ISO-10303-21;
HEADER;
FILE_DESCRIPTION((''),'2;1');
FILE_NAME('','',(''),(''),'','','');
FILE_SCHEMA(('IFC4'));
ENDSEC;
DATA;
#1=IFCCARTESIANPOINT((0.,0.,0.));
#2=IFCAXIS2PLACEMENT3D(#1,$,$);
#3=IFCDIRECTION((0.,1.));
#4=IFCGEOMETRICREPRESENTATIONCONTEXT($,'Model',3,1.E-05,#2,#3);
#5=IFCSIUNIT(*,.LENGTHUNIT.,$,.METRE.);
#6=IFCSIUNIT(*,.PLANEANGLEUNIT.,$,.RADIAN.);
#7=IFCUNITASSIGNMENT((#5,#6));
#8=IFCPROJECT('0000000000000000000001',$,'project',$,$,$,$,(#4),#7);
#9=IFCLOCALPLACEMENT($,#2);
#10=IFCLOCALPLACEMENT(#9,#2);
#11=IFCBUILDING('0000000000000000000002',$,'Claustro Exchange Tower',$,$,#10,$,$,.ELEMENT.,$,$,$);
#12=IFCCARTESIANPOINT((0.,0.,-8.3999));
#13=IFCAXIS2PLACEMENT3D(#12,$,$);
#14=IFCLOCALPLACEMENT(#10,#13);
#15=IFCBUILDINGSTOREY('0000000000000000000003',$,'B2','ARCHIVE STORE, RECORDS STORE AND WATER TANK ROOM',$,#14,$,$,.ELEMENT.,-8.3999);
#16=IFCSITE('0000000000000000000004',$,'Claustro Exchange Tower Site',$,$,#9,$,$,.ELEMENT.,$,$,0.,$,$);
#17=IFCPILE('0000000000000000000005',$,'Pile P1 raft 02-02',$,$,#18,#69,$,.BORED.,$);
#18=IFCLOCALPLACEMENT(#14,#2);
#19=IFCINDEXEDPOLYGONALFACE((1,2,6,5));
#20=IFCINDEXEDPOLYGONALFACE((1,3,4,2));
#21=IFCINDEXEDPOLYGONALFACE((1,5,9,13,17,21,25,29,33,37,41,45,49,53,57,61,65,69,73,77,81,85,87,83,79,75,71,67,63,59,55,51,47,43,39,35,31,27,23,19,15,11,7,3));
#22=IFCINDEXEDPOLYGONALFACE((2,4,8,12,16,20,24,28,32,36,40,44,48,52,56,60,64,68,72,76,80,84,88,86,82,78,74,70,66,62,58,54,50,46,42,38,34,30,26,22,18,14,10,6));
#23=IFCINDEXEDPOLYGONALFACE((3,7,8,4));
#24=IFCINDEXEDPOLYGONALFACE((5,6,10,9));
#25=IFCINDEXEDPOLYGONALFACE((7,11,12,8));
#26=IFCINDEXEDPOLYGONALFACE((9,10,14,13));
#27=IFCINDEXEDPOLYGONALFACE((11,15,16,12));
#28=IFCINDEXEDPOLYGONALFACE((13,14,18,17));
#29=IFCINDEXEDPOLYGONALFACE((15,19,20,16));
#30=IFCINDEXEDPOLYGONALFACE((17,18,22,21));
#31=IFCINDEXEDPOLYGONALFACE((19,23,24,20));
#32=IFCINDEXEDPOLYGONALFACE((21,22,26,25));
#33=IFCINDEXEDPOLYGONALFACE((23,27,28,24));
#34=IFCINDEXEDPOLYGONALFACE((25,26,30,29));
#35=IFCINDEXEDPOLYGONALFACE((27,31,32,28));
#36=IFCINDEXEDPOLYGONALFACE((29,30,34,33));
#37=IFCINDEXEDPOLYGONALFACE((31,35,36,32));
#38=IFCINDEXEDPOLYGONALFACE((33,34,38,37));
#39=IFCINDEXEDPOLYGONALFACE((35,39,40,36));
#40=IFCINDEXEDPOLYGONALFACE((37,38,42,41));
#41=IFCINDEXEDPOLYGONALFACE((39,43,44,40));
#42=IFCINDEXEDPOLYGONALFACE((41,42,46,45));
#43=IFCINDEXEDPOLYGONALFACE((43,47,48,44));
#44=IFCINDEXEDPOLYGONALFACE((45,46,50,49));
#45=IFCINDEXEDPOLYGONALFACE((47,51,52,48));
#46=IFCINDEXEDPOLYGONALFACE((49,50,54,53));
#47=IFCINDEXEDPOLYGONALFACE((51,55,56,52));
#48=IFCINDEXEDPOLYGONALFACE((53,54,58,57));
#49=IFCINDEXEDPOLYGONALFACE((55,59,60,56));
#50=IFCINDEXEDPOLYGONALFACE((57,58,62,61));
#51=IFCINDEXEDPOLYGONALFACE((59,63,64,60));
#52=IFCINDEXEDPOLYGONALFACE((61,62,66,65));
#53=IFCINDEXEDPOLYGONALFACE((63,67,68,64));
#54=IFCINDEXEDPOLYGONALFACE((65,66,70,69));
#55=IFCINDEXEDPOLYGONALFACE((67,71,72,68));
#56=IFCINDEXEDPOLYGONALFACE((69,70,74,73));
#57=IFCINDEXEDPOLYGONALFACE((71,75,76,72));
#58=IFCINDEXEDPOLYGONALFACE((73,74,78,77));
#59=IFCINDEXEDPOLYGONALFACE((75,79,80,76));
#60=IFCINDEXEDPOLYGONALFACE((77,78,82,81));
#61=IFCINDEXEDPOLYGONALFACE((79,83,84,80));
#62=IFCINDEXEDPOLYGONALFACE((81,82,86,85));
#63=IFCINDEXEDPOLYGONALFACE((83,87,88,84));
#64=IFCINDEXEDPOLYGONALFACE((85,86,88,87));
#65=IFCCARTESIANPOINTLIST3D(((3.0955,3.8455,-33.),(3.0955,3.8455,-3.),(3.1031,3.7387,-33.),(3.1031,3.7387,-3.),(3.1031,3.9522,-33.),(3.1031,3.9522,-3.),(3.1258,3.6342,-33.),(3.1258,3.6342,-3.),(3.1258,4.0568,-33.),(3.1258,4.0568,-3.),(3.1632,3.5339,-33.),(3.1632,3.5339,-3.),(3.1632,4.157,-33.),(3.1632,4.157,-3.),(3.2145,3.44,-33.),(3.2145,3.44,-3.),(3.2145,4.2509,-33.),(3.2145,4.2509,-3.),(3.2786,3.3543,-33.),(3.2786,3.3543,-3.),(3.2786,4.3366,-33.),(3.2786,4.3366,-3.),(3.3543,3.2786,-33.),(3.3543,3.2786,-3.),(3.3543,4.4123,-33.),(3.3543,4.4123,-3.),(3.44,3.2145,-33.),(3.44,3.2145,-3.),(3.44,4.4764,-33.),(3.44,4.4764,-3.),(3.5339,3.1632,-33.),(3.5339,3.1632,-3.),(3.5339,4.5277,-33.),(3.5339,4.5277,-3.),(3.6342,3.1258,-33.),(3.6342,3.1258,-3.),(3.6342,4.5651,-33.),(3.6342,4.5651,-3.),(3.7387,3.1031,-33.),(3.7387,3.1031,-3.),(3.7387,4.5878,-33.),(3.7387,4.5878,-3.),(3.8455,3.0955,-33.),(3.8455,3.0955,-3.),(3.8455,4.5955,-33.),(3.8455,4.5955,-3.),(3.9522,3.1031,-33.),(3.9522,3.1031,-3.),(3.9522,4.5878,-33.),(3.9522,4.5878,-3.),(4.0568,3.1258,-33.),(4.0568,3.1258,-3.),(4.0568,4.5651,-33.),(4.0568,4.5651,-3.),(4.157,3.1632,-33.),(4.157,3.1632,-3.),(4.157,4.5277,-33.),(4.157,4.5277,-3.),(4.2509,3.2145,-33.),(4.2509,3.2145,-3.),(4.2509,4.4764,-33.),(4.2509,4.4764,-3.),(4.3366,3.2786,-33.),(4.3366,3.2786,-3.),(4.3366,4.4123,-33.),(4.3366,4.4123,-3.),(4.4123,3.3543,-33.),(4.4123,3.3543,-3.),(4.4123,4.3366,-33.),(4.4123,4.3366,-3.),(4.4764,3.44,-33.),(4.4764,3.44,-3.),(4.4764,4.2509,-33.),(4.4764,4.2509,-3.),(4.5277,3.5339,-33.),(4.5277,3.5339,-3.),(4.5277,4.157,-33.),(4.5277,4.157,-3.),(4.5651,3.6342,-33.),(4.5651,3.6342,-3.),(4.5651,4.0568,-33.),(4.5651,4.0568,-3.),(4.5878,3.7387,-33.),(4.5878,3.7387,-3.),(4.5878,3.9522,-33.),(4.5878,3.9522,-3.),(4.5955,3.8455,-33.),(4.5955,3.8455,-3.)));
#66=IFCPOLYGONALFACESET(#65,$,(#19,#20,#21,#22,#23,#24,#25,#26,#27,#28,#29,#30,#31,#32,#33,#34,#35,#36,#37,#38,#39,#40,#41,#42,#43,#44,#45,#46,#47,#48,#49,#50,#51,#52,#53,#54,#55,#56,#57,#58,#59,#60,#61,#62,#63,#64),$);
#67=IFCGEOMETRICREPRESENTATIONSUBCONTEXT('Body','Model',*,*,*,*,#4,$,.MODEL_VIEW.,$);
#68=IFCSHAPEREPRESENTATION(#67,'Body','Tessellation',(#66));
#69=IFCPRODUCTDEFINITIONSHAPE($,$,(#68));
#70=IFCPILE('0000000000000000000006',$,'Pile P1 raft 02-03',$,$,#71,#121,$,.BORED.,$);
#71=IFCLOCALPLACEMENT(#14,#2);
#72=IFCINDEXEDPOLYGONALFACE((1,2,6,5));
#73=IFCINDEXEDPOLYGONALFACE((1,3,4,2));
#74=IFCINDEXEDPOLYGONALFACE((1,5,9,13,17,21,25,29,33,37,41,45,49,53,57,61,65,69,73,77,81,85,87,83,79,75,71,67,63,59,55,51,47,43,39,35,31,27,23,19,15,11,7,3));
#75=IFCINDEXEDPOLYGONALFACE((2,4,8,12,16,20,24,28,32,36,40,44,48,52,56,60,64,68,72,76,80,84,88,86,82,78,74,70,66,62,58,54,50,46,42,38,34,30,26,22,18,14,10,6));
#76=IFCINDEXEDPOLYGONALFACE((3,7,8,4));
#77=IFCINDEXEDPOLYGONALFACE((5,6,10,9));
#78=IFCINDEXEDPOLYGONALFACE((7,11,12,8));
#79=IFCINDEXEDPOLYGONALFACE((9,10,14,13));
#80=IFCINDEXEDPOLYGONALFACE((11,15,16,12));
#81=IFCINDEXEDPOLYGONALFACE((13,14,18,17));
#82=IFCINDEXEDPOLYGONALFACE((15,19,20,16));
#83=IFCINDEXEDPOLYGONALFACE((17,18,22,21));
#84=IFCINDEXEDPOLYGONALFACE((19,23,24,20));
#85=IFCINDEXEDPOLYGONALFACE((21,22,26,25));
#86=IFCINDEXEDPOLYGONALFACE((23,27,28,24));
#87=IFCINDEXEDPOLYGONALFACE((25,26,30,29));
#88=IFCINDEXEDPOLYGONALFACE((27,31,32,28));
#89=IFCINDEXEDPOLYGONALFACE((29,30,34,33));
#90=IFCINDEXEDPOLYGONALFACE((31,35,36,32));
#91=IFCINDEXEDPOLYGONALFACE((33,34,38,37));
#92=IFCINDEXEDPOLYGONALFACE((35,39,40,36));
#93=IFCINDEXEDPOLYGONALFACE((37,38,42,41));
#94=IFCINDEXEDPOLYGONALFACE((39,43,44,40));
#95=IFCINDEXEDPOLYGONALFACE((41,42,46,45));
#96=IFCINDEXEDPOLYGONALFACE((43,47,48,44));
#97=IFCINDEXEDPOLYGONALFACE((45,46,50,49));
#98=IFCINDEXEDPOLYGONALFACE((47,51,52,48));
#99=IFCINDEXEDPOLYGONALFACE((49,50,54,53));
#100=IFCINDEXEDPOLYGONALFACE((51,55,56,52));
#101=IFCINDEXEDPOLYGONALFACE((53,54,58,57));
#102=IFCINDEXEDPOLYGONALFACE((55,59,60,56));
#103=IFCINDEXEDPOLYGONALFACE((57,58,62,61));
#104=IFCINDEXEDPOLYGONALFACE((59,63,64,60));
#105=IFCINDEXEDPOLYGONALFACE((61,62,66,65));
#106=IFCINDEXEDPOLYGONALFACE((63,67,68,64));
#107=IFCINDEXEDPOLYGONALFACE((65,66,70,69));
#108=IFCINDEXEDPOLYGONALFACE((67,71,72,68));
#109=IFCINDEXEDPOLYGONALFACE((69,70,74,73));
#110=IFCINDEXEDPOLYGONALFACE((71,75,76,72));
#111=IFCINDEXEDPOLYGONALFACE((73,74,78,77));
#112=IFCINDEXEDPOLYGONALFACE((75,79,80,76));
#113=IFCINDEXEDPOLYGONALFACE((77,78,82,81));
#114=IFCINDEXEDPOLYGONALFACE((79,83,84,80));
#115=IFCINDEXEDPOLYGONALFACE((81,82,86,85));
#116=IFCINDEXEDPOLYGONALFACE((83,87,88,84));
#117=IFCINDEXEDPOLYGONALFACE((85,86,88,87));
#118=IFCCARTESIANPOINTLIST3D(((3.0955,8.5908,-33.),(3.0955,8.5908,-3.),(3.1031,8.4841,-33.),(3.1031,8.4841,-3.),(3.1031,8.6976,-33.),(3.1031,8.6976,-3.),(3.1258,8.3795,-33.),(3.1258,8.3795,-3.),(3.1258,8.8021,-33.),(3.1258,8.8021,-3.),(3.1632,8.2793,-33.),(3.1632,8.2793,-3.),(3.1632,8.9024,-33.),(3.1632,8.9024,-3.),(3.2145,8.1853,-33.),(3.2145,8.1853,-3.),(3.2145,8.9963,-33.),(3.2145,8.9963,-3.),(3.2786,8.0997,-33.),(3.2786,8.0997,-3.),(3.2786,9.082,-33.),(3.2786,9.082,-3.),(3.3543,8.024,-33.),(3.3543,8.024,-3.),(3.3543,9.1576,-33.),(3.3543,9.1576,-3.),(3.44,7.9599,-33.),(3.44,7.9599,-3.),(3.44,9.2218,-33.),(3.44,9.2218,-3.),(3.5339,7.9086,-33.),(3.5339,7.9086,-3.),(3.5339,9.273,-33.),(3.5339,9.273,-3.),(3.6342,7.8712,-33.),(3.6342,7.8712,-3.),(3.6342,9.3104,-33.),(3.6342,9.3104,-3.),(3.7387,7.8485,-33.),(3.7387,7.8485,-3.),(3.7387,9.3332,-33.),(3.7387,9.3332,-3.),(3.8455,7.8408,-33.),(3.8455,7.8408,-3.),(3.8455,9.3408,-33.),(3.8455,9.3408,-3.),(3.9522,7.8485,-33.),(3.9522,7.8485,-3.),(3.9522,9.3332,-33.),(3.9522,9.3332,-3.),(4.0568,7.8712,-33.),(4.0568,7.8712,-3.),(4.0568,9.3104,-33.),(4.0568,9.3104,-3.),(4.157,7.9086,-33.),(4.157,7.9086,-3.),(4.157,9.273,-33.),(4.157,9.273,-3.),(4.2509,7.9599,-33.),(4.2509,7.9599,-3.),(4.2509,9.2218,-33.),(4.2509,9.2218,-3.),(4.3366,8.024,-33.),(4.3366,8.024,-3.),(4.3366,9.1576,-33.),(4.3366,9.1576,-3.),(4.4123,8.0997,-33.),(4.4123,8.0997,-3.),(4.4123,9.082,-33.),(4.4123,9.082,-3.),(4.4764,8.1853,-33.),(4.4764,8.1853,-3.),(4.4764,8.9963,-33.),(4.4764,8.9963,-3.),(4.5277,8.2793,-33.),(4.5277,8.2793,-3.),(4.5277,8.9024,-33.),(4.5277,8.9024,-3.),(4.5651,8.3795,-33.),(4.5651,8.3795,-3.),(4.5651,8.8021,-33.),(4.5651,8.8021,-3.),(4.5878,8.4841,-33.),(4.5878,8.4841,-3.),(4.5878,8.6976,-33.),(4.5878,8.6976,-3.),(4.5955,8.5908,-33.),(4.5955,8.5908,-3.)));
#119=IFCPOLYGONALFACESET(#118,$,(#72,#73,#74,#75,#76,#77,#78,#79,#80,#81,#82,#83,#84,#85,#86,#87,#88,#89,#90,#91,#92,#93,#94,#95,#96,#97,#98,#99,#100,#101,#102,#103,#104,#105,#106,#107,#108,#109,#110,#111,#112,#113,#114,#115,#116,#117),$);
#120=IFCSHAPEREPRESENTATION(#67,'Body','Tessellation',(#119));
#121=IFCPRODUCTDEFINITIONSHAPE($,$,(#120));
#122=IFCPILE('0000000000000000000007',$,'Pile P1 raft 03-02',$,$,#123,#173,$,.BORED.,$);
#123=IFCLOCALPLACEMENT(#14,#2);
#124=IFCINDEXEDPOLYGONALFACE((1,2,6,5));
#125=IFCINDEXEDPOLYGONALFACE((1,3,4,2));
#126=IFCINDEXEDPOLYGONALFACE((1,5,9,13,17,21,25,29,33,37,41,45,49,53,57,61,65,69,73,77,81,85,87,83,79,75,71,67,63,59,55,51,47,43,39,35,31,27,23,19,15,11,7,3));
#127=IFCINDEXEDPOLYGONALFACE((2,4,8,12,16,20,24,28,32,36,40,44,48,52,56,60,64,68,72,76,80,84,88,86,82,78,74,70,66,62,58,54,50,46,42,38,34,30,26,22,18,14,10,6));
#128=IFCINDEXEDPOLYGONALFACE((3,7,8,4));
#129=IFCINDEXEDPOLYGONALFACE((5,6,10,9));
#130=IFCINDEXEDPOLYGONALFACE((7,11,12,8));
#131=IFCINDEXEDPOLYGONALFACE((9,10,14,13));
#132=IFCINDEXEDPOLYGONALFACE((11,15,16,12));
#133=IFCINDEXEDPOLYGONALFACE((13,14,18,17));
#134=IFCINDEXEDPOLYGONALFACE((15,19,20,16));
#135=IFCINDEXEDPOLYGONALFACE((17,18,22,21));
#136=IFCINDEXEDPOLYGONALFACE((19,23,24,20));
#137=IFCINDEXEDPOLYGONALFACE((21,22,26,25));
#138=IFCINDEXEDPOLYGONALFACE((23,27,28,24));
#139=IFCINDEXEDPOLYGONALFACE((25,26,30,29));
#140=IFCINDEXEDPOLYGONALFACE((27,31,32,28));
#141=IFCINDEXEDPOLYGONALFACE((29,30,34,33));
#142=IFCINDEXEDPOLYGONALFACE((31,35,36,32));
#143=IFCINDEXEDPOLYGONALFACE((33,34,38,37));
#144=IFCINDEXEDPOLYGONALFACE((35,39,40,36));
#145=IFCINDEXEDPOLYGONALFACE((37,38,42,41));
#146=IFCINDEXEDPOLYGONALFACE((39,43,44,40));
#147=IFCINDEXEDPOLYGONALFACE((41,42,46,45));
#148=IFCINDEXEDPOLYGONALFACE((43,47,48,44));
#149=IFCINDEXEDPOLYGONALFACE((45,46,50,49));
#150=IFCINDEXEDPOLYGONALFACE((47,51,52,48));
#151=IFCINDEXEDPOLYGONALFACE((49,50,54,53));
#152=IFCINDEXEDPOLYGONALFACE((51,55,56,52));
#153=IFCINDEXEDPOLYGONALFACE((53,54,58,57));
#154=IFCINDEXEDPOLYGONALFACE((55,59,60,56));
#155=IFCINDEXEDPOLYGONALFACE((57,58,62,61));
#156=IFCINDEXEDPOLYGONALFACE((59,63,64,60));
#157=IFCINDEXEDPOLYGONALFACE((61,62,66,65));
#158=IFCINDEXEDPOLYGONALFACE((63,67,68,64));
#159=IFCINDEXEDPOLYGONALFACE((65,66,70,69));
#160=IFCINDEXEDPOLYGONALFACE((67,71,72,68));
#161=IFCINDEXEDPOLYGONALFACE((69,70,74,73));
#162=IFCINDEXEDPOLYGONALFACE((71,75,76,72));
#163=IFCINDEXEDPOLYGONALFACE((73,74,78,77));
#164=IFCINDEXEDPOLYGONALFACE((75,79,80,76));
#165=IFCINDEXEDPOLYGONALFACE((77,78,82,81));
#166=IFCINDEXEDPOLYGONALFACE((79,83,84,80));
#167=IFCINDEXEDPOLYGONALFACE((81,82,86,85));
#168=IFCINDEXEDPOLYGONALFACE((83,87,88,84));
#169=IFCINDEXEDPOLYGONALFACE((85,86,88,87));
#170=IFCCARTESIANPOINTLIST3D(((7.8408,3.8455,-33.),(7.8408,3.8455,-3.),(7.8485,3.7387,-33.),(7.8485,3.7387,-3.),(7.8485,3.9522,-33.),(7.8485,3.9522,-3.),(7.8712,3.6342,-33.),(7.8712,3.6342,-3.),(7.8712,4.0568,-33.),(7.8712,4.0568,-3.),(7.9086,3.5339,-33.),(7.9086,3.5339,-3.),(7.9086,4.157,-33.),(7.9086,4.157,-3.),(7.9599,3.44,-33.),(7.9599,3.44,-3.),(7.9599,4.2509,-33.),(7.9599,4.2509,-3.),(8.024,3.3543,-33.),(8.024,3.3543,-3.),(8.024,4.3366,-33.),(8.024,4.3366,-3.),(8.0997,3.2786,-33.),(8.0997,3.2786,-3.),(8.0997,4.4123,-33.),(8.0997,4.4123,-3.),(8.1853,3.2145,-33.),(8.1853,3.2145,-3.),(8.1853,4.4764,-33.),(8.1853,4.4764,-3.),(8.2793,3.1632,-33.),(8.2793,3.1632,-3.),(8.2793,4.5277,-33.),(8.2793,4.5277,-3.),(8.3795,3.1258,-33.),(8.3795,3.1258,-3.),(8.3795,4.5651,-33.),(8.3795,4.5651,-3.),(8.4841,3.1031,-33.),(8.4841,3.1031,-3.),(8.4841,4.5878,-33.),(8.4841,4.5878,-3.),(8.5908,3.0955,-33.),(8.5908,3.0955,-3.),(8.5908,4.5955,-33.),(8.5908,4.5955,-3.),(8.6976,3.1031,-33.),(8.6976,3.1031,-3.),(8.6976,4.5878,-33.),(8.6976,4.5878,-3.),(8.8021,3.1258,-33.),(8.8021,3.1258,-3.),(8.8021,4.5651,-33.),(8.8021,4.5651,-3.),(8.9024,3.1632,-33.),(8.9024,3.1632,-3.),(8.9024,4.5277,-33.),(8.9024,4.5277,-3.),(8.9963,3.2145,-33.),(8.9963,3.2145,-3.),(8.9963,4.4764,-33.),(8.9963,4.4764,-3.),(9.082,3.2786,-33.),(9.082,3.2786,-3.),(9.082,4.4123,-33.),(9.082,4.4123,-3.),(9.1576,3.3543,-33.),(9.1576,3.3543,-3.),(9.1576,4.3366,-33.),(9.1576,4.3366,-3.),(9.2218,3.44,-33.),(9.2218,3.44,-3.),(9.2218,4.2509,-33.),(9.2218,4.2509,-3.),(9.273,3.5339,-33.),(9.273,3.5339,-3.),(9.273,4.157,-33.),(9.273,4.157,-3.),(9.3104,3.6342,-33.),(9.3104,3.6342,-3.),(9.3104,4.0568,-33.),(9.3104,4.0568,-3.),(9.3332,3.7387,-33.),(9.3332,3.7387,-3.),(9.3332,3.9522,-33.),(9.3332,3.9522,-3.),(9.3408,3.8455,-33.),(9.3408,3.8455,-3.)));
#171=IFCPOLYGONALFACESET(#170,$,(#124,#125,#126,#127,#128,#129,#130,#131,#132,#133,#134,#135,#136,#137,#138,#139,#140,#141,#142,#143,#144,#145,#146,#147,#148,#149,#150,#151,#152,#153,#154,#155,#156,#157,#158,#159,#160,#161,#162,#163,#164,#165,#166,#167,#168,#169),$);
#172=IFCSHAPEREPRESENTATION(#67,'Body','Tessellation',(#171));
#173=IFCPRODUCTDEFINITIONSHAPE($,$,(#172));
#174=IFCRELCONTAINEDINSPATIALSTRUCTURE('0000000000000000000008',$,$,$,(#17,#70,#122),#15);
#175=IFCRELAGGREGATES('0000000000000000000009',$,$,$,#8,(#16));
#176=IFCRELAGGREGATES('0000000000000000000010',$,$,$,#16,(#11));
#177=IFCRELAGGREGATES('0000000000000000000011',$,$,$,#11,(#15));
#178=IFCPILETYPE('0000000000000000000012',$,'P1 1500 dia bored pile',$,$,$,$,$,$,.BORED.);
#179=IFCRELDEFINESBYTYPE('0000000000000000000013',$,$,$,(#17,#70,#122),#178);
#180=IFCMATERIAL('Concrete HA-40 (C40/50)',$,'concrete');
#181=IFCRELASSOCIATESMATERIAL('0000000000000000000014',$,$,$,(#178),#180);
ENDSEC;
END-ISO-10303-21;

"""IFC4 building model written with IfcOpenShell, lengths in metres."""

from ifc_helpers import new_model, si_unit, direction, frame, origin, origin_2d, place, context, subcontext, project, spatial, circle, extrude, material, type_object, element, save


model = new_model("IFC4")

# Units and contexts
model_context = context("Model", 3, precision=1e-05, world=origin(), true_north=direction((0.0, 1.0)))
body_context = subcontext(model_context, "Body", "Model", "MODEL_VIEW")
ifc_project = project(units=[si_unit("LENGTHUNIT", "METRE"), si_unit("PLANEANGLEUNIT", "RADIAN")], contexts=[model_context])

# Site, building, storey
site_placement = place(None, origin())
site = spatial("IfcSite", under=ifc_project, at=site_placement, Name="Claustro Exchange Tower Site", CompositionType="ELEMENT", RefElevation=0.0)
building_placement = place(site_placement, origin())
building = spatial("IfcBuilding", under=site, at=building_placement, Name="Claustro Exchange Tower", CompositionType="ELEMENT")
storey_placement = place(building_placement, frame((0.0, 0.0, -8.3999)))
storey = spatial("IfcBuildingStorey", under=building, at=storey_placement, Name="B2", Description="ARCHIVE STORE, RECORDS STORE AND WATER TANK ROOM", CompositionType="ELEMENT", Elevation=-8.3999)

# Piles
ifc_material_1 = material(Name="Concrete HA-40 (C40/50)", Category="concrete")
pile_type_1 = type_object("IfcPileType", Name="P1 1500 dia bored pile", PredefinedType="BORED", material=ifc_material_1)
for number, where, z_axis, x_axis, name in (
    (1, (3.8455, 3.8455, -3.0), (0.0, 0.0, -1.0), (1.0, 0.0, 0.0), "Pile P1 raft 02-02"),
    (2, (3.8455, 8.5908, -3.0), (0.0, 0.0, -1.0), (1.0, 0.0, 0.0), "Pile P1 raft 02-03"),
    (3, (8.5908, 3.8455, -3.0), (0.0, 0.0, -1.0), (1.0, 0.0, 0.0), "Pile P1 raft 03-02"),
):
    element("IfcPile", number, at=place(storey_placement, frame(where, z_axis=z_axis, x_axis=x_axis)), inside=storey, type_object=pile_type_1, Name=name, PredefinedType="BORED", context=body_context, shape_type="SweptSolid", body=[
        extrude(circle(Radius=0.75, at=origin_2d()), origin(), (0.0, 0.0, 1.0), 30.0),
    ])

save(model, "model.ifc")
